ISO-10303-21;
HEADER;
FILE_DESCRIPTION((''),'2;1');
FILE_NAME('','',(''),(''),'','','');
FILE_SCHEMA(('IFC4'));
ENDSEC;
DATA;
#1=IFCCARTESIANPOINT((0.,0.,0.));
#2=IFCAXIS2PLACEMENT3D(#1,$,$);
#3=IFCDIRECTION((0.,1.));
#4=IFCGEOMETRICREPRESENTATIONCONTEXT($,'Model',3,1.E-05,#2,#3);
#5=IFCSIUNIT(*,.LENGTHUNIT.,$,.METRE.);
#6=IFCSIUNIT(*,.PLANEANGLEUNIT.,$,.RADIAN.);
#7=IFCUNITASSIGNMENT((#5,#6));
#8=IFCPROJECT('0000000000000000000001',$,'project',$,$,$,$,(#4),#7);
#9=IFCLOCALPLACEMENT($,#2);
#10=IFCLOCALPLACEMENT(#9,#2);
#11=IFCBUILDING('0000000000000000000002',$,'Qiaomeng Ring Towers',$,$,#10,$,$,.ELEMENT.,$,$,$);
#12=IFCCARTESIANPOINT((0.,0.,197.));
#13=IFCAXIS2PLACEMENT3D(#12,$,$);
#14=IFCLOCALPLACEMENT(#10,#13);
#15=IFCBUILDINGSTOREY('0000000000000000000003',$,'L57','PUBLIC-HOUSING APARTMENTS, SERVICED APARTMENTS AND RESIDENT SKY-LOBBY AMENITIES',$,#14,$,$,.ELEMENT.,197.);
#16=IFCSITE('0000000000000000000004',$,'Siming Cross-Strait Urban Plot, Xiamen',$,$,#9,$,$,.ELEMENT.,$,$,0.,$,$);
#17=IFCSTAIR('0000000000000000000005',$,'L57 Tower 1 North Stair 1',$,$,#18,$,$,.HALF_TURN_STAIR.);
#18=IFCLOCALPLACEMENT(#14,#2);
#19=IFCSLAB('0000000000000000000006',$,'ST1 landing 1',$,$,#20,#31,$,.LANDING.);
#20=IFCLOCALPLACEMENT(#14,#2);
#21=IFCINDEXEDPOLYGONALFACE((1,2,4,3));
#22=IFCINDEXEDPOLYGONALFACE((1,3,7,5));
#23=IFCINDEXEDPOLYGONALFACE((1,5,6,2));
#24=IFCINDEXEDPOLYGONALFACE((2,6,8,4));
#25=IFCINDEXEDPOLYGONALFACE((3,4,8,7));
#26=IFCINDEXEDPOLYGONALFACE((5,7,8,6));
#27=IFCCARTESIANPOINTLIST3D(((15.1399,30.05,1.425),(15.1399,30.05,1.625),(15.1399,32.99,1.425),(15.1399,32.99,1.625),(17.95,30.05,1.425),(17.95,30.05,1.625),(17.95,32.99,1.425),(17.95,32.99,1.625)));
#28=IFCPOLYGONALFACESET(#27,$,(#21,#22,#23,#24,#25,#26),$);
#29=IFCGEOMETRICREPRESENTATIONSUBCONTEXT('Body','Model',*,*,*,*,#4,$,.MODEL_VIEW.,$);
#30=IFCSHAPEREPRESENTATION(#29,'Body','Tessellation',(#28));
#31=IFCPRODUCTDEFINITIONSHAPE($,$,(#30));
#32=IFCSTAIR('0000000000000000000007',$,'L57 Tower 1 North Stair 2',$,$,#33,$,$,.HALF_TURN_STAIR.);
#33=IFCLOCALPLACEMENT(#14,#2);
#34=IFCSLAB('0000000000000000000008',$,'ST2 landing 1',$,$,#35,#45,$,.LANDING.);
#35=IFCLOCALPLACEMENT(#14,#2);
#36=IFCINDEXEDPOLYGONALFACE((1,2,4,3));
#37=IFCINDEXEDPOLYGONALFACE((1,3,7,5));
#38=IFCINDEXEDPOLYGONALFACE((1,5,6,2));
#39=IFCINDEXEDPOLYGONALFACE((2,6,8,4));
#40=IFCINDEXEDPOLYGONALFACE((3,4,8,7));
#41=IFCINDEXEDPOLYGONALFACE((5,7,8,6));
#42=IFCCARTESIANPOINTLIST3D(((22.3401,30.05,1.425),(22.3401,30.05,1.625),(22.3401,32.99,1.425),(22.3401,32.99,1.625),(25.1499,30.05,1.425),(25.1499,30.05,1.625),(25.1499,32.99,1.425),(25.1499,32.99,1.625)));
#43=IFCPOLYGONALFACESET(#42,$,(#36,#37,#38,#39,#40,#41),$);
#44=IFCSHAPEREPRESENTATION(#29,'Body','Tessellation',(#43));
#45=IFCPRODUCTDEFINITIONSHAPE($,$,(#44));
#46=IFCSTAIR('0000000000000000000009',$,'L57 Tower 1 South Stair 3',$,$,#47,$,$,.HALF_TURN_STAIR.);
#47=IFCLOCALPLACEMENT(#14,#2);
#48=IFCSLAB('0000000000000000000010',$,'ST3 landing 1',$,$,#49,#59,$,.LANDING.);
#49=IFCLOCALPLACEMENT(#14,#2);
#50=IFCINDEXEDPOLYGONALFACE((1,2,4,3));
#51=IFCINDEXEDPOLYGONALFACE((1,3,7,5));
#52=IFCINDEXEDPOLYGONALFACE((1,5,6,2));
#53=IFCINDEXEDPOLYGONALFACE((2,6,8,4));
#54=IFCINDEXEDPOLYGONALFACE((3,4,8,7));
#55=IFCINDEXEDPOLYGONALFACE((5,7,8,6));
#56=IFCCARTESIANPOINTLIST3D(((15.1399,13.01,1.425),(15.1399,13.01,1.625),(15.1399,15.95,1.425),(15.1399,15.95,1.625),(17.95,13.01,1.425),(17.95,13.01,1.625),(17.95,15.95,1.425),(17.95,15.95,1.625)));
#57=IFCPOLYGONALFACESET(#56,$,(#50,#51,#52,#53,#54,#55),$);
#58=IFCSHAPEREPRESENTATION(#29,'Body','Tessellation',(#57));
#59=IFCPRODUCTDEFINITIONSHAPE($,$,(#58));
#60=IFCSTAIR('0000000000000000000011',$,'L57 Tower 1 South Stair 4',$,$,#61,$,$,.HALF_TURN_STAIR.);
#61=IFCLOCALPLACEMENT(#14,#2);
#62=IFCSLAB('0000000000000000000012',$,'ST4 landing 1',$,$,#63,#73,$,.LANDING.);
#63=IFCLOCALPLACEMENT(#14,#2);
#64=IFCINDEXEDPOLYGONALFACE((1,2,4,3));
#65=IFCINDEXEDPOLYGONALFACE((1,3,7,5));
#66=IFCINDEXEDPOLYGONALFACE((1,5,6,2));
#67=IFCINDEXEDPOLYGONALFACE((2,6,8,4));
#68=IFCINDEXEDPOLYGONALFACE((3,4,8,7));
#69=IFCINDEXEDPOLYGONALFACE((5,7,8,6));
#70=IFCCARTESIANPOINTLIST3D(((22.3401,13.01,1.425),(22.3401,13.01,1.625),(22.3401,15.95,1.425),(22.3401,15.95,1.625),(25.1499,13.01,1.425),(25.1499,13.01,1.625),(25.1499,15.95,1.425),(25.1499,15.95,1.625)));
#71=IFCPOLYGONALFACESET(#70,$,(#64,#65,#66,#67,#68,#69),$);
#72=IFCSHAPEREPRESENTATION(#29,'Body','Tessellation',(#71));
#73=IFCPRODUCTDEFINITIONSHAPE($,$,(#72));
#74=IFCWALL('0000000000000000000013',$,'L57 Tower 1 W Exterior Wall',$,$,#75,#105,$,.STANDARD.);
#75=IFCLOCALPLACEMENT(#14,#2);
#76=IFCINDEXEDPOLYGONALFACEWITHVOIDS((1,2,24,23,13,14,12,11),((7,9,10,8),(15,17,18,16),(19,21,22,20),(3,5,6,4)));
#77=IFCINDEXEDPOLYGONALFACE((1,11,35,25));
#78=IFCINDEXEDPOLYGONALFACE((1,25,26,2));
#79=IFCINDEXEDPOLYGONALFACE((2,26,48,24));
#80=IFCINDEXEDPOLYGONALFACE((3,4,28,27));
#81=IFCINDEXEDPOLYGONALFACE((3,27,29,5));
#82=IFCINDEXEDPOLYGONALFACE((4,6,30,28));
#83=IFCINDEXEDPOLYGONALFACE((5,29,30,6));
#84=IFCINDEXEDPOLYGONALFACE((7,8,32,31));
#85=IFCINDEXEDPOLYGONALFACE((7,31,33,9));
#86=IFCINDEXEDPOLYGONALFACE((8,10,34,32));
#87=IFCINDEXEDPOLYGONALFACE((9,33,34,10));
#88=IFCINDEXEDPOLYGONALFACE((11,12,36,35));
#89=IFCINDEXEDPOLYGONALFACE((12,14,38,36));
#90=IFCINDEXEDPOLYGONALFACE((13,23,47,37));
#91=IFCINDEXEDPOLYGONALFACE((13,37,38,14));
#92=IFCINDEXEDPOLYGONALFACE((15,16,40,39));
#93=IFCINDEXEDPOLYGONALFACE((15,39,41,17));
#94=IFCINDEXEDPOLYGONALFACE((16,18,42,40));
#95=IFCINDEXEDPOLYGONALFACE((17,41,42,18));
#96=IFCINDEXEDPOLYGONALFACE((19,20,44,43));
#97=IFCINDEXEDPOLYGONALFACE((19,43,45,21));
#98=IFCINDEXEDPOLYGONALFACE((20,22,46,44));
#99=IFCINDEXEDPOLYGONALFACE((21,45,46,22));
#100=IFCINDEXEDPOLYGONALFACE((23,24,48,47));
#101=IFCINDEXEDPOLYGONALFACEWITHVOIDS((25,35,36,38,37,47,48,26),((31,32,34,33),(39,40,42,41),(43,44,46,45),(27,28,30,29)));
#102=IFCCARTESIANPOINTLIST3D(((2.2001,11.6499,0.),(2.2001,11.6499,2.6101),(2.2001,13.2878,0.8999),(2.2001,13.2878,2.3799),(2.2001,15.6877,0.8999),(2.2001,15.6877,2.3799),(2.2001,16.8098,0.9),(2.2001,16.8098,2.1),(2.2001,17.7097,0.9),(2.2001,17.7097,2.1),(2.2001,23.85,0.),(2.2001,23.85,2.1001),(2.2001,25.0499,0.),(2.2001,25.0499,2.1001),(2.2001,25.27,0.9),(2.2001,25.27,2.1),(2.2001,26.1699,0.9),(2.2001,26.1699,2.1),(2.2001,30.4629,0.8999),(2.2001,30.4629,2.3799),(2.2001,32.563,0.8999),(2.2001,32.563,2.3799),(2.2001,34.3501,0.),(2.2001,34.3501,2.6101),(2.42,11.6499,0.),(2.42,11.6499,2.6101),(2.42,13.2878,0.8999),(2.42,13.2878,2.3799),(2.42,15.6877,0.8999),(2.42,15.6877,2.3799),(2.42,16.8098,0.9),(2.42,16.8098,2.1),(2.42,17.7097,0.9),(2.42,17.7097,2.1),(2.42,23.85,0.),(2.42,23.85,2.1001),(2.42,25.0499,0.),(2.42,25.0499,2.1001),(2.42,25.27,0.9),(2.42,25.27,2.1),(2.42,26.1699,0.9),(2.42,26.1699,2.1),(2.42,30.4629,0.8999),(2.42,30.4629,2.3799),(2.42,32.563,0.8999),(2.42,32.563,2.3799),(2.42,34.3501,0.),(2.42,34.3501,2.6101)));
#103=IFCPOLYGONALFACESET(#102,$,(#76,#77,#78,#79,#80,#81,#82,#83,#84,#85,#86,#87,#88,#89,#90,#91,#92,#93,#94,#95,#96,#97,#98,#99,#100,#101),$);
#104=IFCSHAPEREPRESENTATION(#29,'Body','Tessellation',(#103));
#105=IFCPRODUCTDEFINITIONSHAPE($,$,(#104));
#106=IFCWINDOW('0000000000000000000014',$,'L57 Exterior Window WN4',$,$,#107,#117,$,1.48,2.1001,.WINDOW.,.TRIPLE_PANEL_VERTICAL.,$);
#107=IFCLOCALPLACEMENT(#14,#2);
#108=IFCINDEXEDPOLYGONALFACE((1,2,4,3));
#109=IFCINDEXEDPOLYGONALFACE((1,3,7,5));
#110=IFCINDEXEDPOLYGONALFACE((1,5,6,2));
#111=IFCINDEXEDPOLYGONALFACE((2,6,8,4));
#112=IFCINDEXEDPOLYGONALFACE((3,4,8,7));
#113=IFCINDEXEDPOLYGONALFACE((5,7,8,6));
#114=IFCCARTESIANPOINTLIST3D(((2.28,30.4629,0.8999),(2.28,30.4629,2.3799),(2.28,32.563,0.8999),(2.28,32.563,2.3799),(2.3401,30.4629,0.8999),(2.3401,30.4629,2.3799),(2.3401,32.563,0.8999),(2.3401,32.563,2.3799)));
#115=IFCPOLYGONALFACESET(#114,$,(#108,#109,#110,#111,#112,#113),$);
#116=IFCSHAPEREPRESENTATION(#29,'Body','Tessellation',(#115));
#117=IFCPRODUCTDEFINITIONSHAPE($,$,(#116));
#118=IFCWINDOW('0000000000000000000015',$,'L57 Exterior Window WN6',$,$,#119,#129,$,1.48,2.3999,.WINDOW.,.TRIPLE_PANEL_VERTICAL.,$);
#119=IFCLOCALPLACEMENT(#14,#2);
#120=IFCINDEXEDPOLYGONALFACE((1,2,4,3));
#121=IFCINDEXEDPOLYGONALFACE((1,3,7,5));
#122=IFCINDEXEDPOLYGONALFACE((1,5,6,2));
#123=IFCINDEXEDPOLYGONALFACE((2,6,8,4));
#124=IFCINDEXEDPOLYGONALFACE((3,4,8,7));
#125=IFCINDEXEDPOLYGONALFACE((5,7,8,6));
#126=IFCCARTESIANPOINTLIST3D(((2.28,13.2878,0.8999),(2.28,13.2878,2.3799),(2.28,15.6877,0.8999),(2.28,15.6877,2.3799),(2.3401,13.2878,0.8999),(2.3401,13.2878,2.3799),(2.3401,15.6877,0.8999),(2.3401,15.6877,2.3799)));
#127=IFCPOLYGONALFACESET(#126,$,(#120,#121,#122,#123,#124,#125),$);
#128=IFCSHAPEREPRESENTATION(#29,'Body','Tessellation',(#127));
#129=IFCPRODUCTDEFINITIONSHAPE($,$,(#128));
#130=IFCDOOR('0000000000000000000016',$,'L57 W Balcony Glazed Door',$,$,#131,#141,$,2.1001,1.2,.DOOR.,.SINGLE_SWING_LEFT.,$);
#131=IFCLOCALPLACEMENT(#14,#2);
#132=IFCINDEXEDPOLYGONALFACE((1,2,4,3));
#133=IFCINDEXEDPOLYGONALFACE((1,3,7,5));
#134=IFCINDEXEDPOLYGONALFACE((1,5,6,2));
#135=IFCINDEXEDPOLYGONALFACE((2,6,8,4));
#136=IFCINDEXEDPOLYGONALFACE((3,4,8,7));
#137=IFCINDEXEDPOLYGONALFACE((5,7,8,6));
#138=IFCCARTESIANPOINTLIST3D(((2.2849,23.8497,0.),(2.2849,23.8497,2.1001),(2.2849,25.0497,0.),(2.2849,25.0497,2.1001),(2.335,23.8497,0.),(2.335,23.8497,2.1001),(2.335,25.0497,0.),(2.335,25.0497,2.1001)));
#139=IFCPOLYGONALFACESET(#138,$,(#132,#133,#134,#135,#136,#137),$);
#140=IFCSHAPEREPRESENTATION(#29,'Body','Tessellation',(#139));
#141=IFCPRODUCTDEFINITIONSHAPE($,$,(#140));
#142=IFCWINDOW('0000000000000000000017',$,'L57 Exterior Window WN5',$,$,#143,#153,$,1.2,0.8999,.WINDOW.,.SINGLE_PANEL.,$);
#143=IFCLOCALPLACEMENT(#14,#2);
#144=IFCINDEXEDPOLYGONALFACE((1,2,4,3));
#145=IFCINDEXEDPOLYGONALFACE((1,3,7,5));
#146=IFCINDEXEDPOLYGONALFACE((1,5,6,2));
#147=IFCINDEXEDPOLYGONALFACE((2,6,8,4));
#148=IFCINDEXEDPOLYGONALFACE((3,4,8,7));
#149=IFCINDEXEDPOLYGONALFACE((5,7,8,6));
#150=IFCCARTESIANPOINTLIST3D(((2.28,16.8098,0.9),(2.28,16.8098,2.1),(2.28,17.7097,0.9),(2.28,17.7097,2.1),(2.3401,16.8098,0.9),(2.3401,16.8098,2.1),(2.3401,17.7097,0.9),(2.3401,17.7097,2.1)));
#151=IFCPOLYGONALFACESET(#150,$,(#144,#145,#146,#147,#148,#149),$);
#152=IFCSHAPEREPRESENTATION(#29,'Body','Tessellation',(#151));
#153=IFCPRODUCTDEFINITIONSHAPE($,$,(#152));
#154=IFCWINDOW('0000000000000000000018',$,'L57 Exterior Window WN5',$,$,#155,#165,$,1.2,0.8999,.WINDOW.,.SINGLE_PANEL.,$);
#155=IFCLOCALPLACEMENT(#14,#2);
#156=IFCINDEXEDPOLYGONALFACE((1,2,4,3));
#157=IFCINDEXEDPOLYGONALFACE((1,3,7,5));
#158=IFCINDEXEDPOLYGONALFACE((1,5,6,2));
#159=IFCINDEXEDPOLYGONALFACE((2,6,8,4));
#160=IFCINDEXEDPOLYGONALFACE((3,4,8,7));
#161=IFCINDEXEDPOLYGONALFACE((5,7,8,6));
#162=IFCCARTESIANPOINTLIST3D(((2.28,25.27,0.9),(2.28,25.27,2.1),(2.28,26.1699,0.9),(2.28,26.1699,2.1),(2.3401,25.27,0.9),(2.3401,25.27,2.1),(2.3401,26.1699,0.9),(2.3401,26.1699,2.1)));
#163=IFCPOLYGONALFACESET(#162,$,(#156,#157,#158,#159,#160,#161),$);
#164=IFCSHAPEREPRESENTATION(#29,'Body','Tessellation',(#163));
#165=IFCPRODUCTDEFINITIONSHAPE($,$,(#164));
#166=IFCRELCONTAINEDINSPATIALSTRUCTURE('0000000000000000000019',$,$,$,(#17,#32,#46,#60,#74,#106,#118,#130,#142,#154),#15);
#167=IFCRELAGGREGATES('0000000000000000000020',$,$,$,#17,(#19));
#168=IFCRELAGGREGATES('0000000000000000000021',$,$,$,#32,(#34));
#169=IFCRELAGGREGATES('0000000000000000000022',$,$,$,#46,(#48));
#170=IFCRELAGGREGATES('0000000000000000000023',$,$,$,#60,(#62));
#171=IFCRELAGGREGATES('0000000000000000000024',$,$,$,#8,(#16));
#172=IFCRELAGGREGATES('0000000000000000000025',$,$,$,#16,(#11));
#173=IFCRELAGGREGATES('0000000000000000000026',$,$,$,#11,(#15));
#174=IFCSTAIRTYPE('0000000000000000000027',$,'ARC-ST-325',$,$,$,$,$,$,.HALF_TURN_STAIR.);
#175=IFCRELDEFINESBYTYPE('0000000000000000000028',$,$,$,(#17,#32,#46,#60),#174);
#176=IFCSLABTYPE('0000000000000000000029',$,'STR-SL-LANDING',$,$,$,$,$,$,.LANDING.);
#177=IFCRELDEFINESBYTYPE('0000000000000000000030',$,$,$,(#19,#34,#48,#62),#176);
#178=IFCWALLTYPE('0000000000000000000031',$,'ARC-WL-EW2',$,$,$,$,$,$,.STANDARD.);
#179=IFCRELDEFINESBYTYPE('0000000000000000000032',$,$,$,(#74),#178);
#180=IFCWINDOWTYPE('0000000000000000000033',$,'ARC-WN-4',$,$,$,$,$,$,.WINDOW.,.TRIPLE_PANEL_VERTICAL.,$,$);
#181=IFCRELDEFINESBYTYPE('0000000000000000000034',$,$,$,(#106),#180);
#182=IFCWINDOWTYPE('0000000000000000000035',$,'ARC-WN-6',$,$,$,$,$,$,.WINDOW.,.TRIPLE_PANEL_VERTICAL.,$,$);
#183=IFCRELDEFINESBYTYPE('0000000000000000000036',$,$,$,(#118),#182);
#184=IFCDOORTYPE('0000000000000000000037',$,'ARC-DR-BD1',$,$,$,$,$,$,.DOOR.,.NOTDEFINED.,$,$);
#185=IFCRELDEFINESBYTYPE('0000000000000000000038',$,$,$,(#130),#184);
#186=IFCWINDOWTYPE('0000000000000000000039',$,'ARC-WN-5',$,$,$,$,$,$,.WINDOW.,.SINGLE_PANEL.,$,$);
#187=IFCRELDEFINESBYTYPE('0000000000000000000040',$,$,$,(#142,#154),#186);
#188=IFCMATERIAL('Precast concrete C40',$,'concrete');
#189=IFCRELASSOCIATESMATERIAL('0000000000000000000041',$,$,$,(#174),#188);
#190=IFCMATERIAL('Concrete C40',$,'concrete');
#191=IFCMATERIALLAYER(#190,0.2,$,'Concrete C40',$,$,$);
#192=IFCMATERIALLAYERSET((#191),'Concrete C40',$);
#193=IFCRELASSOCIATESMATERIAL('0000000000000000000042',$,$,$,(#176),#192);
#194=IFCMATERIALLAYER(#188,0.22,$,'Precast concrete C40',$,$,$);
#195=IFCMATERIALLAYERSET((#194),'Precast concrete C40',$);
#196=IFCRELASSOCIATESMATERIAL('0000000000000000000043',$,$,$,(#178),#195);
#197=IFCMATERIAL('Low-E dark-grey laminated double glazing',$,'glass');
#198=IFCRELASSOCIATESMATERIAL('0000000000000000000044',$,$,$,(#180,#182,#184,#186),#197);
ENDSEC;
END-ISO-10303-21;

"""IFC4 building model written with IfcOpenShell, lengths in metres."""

from ifc_helpers import new_model, si_unit, direction, frame, frame_2d, origin, place, context, subcontext, project, spatial, polyline, rectangle, outline, extrude, source, transform, mapped, material, layer, layer_set, type_object, element, fill, aggregate, save


model = new_model("IFC4")

# Units and contexts
model_context = context("Model", 3, precision=1e-05, world=origin(), true_north=direction((0.0, 1.0)))
body_context = subcontext(model_context, "Body", "Model", "MODEL_VIEW")
ifc_project = project(units=[si_unit("LENGTHUNIT", "METRE"), si_unit("PLANEANGLEUNIT", "RADIAN")], contexts=[model_context])

# Site, building, storey
site_placement = place(None, origin())
site = spatial("IfcSite", under=ifc_project, at=site_placement, Name="Siming Cross-Strait Urban Plot, Xiamen", CompositionType="ELEMENT", RefElevation=0.0)
building_placement = place(site_placement, origin())
building = spatial("IfcBuilding", under=site, at=building_placement, Name="Qiaomeng Ring Towers", CompositionType="ELEMENT")
storey_placement = place(building_placement, frame((0.0, 0.0, 197.0)))
storey = spatial("IfcBuildingStorey", under=building, at=storey_placement, Name="L57", Description="PUBLIC-HOUSING APARTMENTS, SERVICED APARTMENTS AND RESIDENT SKY-LOBBY AMENITIES", CompositionType="ELEMENT", Elevation=197.0)

# Shared definitions
ifc_material_1 = material(Name="Concrete C40", Category="concrete")

# Stairs, slabs
ifc_material_2 = material(Name="Precast concrete C40", Category="concrete")
stair_type = type_object("IfcStairType", Name="ARC-ST-325", PredefinedType="HALF_TURN_STAIR", material=ifc_material_2)
stair_1_placement = place(storey_placement, origin())
stair_1 = element("IfcStair", 1, at=stair_1_placement, inside=storey, type_object=stair_type, Name="L57 Tower 1 North Stair 1", PredefinedType="HALF_TURN_STAIR")
ifc_layer_1 = layer(ifc_material_1, 0.2, Name="Concrete C40")
ifc_layer_set_1 = layer_set([ifc_layer_1], Name="Concrete C40")
slab_type_1 = type_object("IfcSlabType", Name="STR-SL-LANDING", PredefinedType="LANDING", material=ifc_layer_set_1)
slab_1_placement = place(storey_placement, frame((0.0, 0.0, 1.425)))
slab_1 = element("IfcSlab", 2, at=slab_1_placement, type_object=slab_type_1, Name="ST1 landing 1", PredefinedType="LANDING", context=body_context, shape_type="SweptSolid", body=[
    extrude(outline(polyline([(15.1399, 30.05), (17.95, 30.05), (17.95, 32.99), (15.1399, 32.99), (15.1399, 30.05)])), origin(), (0.0, 0.0, 1.0), 0.2),
])
aggregate(stair_1, [slab_1])
stair_2_placement = place(storey_placement, origin())
stair_2 = element("IfcStair", 3, at=stair_2_placement, inside=storey, type_object=stair_type, Name="L57 Tower 1 North Stair 2", PredefinedType="HALF_TURN_STAIR")
slab_2_placement = place(storey_placement, frame((0.0, 0.0, 1.425)))
slab_2 = element("IfcSlab", 4, at=slab_2_placement, type_object=slab_type_1, Name="ST2 landing 1", PredefinedType="LANDING", context=body_context, shape_type="SweptSolid", body=[
    extrude(outline(polyline([(22.3401, 30.05), (25.1499, 30.05), (25.1499, 32.99), (22.3401, 32.99), (22.3401, 30.05)])), origin(), (0.0, 0.0, 1.0), 0.2),
])
aggregate(stair_2, [slab_2])
stair_3_placement = place(storey_placement, origin())
stair_3 = element("IfcStair", 5, at=stair_3_placement, inside=storey, type_object=stair_type, Name="L57 Tower 1 South Stair 3", PredefinedType="HALF_TURN_STAIR")
slab_3_placement = place(storey_placement, frame((0.0, 0.0, 1.425)))
slab_3 = element("IfcSlab", 6, at=slab_3_placement, type_object=slab_type_1, Name="ST3 landing 1", PredefinedType="LANDING", context=body_context, shape_type="SweptSolid", body=[
    extrude(outline(polyline([(15.1399, 13.01), (17.95, 13.01), (17.95, 15.95), (15.1399, 15.95), (15.1399, 13.01)])), origin(), (0.0, 0.0, 1.0), 0.2),
])
aggregate(stair_3, [slab_3])
stair_4_placement = place(storey_placement, origin())
stair_4 = element("IfcStair", 7, at=stair_4_placement, inside=storey, type_object=stair_type, Name="L57 Tower 1 South Stair 4", PredefinedType="HALF_TURN_STAIR")
slab_4_placement = place(storey_placement, frame((0.0, 0.0, 1.425)))
slab_4 = element("IfcSlab", 8, at=slab_4_placement, type_object=slab_type_1, Name="ST4 landing 1", PredefinedType="LANDING", context=body_context, shape_type="SweptSolid", body=[
    extrude(outline(polyline([(22.3401, 13.01), (25.1499, 13.01), (25.1499, 15.95), (22.3401, 15.95), (22.3401, 13.01)])), origin(), (0.0, 0.0, 1.0), 0.2),
])
aggregate(stair_4, [slab_4])

# Wall, openings, windows, door
ifc_layer_2 = layer(ifc_material_2, 0.22, Name="Precast concrete C40")
ifc_layer_set_2 = layer_set([ifc_layer_2], Name="Precast concrete C40")
wall_type_1 = type_object("IfcWallType", Name="ARC-WL-EW2", PredefinedType="STANDARD", material=ifc_layer_set_2)
wall_1_placement = place(storey_placement, frame((2.3101, 11.6499, 0.0), z_axis=(0.0, 0.0, 1.0), x_axis=(0.0, 1.0, 0.0)))
wall_1 = element("IfcWall", 9, at=wall_1_placement, inside=storey, type_object=wall_type_1, Name="L57 Tower 1 W Exterior Wall", PredefinedType="STANDARD", context=body_context, shape_type="SweptSolid", body=[
    extrude(rectangle(XDim=22.7002, YDim=0.22, at=frame_2d((11.3501, 0.0))), origin(), (0.0, 0.0, 1.0), 2.6101),
])
opening_1_placement = place(wall_1_placement, frame((12.2, 0.0, 0.0)))
opening_1 = element("IfcOpeningElement", 10, at=opening_1_placement, cuts=wall_1, PredefinedType="OPENING", context=body_context, shape_type="SweptSolid", body=[
    extrude(rectangle(XDim=1.2, YDim=2.1001, at=frame_2d((0.6001, 1.05))), frame((0.0, 0.1199, 0.0), z_axis=(0.0, -1.0, 0.0), x_axis=(1.0, 0.0, 0.0)), (0.0, 0.0, 1.0), 0.24),
])
opening_2_placement = place(wall_1_placement, frame((1.6379, 0.0, 0.8999)))
opening_2 = element("IfcOpeningElement", 11, at=opening_2_placement, cuts=wall_1, PredefinedType="OPENING", context=body_context, shape_type="SweptSolid", body=[
    extrude(rectangle(XDim=2.3999, YDim=1.48, at=frame_2d((1.2, 0.74))), frame((0.0, 0.1199, 0.0), z_axis=(0.0, -1.0, 0.0), x_axis=(1.0, 0.0, 0.0)), (0.0, 0.0, 1.0), 0.24),
])
opening_3_placement = place(wall_1_placement, frame((18.813, 0.0, 0.8999)))
opening_3 = element("IfcOpeningElement", 12, at=opening_3_placement, cuts=wall_1, PredefinedType="OPENING", context=body_context, shape_type="SweptSolid", body=[
    extrude(rectangle(XDim=2.1001, YDim=1.48, at=frame_2d((1.05, 0.74))), frame((0.0, 0.1199, 0.0), z_axis=(0.0, -1.0, 0.0), x_axis=(1.0, 0.0, 0.0)), (0.0, 0.0, 1.0), 0.24),
])
opening_4_placement = place(wall_1_placement, frame((5.1599, 0.0, 0.8999)))
opening_4 = element("IfcOpeningElement", 13, at=opening_4_placement, cuts=wall_1, PredefinedType="OPENING", context=body_context, shape_type="SweptSolid", body=[
    extrude(rectangle(XDim=0.8999, YDim=1.2, at=frame_2d((0.45, 0.6001))), frame((0.0, 0.1199, 0.0), z_axis=(0.0, -1.0, 0.0), x_axis=(1.0, 0.0, 0.0)), (0.0, 0.0, 1.0), 0.24),
])
opening_5_placement = place(wall_1_placement, frame((13.6201, 0.0, 0.8999)))
opening_5 = element("IfcOpeningElement", 14, at=opening_5_placement, cuts=wall_1, PredefinedType="OPENING", context=body_context, shape_type="SweptSolid", body=[
    extrude(rectangle(XDim=0.8999, YDim=1.2, at=frame_2d((0.45, 0.6001))), frame((0.0, 0.1199, 0.0), z_axis=(0.0, -1.0, 0.0), x_axis=(1.0, 0.0, 0.0)), (0.0, 0.0, 1.0), 0.24),
])
ifc_material_3 = material(Name="Low-E dark-grey laminated double glazing", Category="glass")
window_type_1 = type_object("IfcWindowType", Name="ARC-WN-4", PartitioningType="TRIPLE_PANEL_VERTICAL", PredefinedType="WINDOW", material=ifc_material_3)
shared_shape_1 = source(origin(), body_context, "Body", "SweptSolid", [
    extrude(rectangle(XDim=2.1001, YDim=1.48, at=frame_2d((1.05, 0.74))), frame((0.0, 0.03, 0.0), z_axis=(0.0, -1.0, 0.0), x_axis=(1.0, 0.0, 0.0)), (0.0, 0.0, 1.0), 0.0601),
])
window_1_placement = place(opening_3_placement, origin())
window_1 = element("IfcWindow", 15, at=window_1_placement, inside=storey, type_object=window_type_1, Name="L57 Exterior Window WN4", OverallHeight=1.48, OverallWidth=2.1001, PartitioningType="TRIPLE_PANEL_VERTICAL", PredefinedType="WINDOW", context=body_context, shape_type="MappedRepresentation", body=[
    mapped(shared_shape_1, transform((0.0, 0.0, 0.0), x_axis=(1.0, 0.0, 0.0), y_axis=(0.0, 1.0, 0.0), z_axis=(0.0, 0.0, 1.0), scale=1.0)),
])
fill(opening_3, window_1)
window_type_2 = type_object("IfcWindowType", Name="ARC-WN-6", PartitioningType="TRIPLE_PANEL_VERTICAL", PredefinedType="WINDOW", material=ifc_material_3)
shared_shape_2 = source(origin(), body_context, "Body", "SweptSolid", [
    extrude(rectangle(XDim=2.3999, YDim=1.48, at=frame_2d((1.2, 0.74))), frame((0.0, 0.03, 0.0), z_axis=(0.0, -1.0, 0.0), x_axis=(1.0, 0.0, 0.0)), (0.0, 0.0, 1.0), 0.0601),
])
window_2_placement = place(opening_2_placement, origin())
window_2 = element("IfcWindow", 16, at=window_2_placement, inside=storey, type_object=window_type_2, Name="L57 Exterior Window WN6", OverallHeight=1.48, OverallWidth=2.3999, PartitioningType="TRIPLE_PANEL_VERTICAL", PredefinedType="WINDOW", context=body_context, shape_type="MappedRepresentation", body=[
    mapped(shared_shape_2, transform((0.0, 0.0, 0.0), x_axis=(1.0, 0.0, 0.0), y_axis=(0.0, 1.0, 0.0), z_axis=(0.0, 0.0, 1.0), scale=1.0)),
])
fill(opening_2, window_2)
door_type = type_object("IfcDoorType", Name="ARC-DR-BD1", OperationType="NOTDEFINED", PredefinedType="DOOR", material=ifc_material_3)
shared_shape_3 = source(origin(), body_context, "Body", "SweptSolid", [
    extrude(rectangle(XDim=1.2, YDim=2.1001, at=frame_2d((0.6001, 1.05))), frame((0.0, 0.0249, 0.0), z_axis=(0.0, -1.0, 0.0), x_axis=(1.0, 0.0, 0.0)), (0.0, 0.0, 1.0), 0.05),
])
door_placement = place(opening_1_placement, frame((1.2, 0.0, 0.0), z_axis=(0.0, 0.0, 1.0), x_axis=(-1.0, 0.0, 0.0)))
door = element("IfcDoor", 17, at=door_placement, inside=storey, type_object=door_type, Name="L57 W Balcony Glazed Door", OperationType="SINGLE_SWING_LEFT", OverallHeight=2.1001, OverallWidth=1.2, PredefinedType="DOOR", context=body_context, shape_type="MappedRepresentation", body=[
    mapped(shared_shape_3, transform((0.0, 0.0, 0.0), x_axis=(1.0, 0.0, 0.0), y_axis=(0.0, 1.0, 0.0), z_axis=(0.0, 0.0, 1.0), scale=1.0)),
])
fill(opening_1, door)
window_type_3 = type_object("IfcWindowType", Name="ARC-WN-5", PartitioningType="SINGLE_PANEL", PredefinedType="WINDOW", material=ifc_material_3)
shared_shape_4 = source(origin(), body_context, "Body", "SweptSolid", [
    extrude(rectangle(XDim=0.8999, YDim=1.2, at=frame_2d((0.45, 0.6001))), frame((0.0, 0.03, 0.0), z_axis=(0.0, -1.0, 0.0), x_axis=(1.0, 0.0, 0.0)), (0.0, 0.0, 1.0), 0.0601),
])
window_3_placement = place(opening_4_placement, origin())
window_3 = element("IfcWindow", 18, at=window_3_placement, inside=storey, type_object=window_type_3, Name="L57 Exterior Window WN5", OverallHeight=1.2, OverallWidth=0.8999, PartitioningType="SINGLE_PANEL", PredefinedType="WINDOW", context=body_context, shape_type="MappedRepresentation", body=[
    mapped(shared_shape_4, transform((0.0, 0.0, 0.0), x_axis=(1.0, 0.0, 0.0), y_axis=(0.0, 1.0, 0.0), z_axis=(0.0, 0.0, 1.0), scale=1.0)),
])
fill(opening_4, window_3)
window_4_placement = place(opening_5_placement, origin())
window_4 = element("IfcWindow", 19, at=window_4_placement, inside=storey, type_object=window_type_3, Name="L57 Exterior Window WN5", OverallHeight=1.2, OverallWidth=0.8999, PartitioningType="SINGLE_PANEL", PredefinedType="WINDOW", context=body_context, shape_type="MappedRepresentation", body=[
    mapped(shared_shape_4, transform((0.0, 0.0, 0.0), x_axis=(1.0, 0.0, 0.0), y_axis=(0.0, 1.0, 0.0), z_axis=(0.0, 0.0, 1.0), scale=1.0)),
])
fill(opening_5, window_4)

save(model, "model.ifc")
